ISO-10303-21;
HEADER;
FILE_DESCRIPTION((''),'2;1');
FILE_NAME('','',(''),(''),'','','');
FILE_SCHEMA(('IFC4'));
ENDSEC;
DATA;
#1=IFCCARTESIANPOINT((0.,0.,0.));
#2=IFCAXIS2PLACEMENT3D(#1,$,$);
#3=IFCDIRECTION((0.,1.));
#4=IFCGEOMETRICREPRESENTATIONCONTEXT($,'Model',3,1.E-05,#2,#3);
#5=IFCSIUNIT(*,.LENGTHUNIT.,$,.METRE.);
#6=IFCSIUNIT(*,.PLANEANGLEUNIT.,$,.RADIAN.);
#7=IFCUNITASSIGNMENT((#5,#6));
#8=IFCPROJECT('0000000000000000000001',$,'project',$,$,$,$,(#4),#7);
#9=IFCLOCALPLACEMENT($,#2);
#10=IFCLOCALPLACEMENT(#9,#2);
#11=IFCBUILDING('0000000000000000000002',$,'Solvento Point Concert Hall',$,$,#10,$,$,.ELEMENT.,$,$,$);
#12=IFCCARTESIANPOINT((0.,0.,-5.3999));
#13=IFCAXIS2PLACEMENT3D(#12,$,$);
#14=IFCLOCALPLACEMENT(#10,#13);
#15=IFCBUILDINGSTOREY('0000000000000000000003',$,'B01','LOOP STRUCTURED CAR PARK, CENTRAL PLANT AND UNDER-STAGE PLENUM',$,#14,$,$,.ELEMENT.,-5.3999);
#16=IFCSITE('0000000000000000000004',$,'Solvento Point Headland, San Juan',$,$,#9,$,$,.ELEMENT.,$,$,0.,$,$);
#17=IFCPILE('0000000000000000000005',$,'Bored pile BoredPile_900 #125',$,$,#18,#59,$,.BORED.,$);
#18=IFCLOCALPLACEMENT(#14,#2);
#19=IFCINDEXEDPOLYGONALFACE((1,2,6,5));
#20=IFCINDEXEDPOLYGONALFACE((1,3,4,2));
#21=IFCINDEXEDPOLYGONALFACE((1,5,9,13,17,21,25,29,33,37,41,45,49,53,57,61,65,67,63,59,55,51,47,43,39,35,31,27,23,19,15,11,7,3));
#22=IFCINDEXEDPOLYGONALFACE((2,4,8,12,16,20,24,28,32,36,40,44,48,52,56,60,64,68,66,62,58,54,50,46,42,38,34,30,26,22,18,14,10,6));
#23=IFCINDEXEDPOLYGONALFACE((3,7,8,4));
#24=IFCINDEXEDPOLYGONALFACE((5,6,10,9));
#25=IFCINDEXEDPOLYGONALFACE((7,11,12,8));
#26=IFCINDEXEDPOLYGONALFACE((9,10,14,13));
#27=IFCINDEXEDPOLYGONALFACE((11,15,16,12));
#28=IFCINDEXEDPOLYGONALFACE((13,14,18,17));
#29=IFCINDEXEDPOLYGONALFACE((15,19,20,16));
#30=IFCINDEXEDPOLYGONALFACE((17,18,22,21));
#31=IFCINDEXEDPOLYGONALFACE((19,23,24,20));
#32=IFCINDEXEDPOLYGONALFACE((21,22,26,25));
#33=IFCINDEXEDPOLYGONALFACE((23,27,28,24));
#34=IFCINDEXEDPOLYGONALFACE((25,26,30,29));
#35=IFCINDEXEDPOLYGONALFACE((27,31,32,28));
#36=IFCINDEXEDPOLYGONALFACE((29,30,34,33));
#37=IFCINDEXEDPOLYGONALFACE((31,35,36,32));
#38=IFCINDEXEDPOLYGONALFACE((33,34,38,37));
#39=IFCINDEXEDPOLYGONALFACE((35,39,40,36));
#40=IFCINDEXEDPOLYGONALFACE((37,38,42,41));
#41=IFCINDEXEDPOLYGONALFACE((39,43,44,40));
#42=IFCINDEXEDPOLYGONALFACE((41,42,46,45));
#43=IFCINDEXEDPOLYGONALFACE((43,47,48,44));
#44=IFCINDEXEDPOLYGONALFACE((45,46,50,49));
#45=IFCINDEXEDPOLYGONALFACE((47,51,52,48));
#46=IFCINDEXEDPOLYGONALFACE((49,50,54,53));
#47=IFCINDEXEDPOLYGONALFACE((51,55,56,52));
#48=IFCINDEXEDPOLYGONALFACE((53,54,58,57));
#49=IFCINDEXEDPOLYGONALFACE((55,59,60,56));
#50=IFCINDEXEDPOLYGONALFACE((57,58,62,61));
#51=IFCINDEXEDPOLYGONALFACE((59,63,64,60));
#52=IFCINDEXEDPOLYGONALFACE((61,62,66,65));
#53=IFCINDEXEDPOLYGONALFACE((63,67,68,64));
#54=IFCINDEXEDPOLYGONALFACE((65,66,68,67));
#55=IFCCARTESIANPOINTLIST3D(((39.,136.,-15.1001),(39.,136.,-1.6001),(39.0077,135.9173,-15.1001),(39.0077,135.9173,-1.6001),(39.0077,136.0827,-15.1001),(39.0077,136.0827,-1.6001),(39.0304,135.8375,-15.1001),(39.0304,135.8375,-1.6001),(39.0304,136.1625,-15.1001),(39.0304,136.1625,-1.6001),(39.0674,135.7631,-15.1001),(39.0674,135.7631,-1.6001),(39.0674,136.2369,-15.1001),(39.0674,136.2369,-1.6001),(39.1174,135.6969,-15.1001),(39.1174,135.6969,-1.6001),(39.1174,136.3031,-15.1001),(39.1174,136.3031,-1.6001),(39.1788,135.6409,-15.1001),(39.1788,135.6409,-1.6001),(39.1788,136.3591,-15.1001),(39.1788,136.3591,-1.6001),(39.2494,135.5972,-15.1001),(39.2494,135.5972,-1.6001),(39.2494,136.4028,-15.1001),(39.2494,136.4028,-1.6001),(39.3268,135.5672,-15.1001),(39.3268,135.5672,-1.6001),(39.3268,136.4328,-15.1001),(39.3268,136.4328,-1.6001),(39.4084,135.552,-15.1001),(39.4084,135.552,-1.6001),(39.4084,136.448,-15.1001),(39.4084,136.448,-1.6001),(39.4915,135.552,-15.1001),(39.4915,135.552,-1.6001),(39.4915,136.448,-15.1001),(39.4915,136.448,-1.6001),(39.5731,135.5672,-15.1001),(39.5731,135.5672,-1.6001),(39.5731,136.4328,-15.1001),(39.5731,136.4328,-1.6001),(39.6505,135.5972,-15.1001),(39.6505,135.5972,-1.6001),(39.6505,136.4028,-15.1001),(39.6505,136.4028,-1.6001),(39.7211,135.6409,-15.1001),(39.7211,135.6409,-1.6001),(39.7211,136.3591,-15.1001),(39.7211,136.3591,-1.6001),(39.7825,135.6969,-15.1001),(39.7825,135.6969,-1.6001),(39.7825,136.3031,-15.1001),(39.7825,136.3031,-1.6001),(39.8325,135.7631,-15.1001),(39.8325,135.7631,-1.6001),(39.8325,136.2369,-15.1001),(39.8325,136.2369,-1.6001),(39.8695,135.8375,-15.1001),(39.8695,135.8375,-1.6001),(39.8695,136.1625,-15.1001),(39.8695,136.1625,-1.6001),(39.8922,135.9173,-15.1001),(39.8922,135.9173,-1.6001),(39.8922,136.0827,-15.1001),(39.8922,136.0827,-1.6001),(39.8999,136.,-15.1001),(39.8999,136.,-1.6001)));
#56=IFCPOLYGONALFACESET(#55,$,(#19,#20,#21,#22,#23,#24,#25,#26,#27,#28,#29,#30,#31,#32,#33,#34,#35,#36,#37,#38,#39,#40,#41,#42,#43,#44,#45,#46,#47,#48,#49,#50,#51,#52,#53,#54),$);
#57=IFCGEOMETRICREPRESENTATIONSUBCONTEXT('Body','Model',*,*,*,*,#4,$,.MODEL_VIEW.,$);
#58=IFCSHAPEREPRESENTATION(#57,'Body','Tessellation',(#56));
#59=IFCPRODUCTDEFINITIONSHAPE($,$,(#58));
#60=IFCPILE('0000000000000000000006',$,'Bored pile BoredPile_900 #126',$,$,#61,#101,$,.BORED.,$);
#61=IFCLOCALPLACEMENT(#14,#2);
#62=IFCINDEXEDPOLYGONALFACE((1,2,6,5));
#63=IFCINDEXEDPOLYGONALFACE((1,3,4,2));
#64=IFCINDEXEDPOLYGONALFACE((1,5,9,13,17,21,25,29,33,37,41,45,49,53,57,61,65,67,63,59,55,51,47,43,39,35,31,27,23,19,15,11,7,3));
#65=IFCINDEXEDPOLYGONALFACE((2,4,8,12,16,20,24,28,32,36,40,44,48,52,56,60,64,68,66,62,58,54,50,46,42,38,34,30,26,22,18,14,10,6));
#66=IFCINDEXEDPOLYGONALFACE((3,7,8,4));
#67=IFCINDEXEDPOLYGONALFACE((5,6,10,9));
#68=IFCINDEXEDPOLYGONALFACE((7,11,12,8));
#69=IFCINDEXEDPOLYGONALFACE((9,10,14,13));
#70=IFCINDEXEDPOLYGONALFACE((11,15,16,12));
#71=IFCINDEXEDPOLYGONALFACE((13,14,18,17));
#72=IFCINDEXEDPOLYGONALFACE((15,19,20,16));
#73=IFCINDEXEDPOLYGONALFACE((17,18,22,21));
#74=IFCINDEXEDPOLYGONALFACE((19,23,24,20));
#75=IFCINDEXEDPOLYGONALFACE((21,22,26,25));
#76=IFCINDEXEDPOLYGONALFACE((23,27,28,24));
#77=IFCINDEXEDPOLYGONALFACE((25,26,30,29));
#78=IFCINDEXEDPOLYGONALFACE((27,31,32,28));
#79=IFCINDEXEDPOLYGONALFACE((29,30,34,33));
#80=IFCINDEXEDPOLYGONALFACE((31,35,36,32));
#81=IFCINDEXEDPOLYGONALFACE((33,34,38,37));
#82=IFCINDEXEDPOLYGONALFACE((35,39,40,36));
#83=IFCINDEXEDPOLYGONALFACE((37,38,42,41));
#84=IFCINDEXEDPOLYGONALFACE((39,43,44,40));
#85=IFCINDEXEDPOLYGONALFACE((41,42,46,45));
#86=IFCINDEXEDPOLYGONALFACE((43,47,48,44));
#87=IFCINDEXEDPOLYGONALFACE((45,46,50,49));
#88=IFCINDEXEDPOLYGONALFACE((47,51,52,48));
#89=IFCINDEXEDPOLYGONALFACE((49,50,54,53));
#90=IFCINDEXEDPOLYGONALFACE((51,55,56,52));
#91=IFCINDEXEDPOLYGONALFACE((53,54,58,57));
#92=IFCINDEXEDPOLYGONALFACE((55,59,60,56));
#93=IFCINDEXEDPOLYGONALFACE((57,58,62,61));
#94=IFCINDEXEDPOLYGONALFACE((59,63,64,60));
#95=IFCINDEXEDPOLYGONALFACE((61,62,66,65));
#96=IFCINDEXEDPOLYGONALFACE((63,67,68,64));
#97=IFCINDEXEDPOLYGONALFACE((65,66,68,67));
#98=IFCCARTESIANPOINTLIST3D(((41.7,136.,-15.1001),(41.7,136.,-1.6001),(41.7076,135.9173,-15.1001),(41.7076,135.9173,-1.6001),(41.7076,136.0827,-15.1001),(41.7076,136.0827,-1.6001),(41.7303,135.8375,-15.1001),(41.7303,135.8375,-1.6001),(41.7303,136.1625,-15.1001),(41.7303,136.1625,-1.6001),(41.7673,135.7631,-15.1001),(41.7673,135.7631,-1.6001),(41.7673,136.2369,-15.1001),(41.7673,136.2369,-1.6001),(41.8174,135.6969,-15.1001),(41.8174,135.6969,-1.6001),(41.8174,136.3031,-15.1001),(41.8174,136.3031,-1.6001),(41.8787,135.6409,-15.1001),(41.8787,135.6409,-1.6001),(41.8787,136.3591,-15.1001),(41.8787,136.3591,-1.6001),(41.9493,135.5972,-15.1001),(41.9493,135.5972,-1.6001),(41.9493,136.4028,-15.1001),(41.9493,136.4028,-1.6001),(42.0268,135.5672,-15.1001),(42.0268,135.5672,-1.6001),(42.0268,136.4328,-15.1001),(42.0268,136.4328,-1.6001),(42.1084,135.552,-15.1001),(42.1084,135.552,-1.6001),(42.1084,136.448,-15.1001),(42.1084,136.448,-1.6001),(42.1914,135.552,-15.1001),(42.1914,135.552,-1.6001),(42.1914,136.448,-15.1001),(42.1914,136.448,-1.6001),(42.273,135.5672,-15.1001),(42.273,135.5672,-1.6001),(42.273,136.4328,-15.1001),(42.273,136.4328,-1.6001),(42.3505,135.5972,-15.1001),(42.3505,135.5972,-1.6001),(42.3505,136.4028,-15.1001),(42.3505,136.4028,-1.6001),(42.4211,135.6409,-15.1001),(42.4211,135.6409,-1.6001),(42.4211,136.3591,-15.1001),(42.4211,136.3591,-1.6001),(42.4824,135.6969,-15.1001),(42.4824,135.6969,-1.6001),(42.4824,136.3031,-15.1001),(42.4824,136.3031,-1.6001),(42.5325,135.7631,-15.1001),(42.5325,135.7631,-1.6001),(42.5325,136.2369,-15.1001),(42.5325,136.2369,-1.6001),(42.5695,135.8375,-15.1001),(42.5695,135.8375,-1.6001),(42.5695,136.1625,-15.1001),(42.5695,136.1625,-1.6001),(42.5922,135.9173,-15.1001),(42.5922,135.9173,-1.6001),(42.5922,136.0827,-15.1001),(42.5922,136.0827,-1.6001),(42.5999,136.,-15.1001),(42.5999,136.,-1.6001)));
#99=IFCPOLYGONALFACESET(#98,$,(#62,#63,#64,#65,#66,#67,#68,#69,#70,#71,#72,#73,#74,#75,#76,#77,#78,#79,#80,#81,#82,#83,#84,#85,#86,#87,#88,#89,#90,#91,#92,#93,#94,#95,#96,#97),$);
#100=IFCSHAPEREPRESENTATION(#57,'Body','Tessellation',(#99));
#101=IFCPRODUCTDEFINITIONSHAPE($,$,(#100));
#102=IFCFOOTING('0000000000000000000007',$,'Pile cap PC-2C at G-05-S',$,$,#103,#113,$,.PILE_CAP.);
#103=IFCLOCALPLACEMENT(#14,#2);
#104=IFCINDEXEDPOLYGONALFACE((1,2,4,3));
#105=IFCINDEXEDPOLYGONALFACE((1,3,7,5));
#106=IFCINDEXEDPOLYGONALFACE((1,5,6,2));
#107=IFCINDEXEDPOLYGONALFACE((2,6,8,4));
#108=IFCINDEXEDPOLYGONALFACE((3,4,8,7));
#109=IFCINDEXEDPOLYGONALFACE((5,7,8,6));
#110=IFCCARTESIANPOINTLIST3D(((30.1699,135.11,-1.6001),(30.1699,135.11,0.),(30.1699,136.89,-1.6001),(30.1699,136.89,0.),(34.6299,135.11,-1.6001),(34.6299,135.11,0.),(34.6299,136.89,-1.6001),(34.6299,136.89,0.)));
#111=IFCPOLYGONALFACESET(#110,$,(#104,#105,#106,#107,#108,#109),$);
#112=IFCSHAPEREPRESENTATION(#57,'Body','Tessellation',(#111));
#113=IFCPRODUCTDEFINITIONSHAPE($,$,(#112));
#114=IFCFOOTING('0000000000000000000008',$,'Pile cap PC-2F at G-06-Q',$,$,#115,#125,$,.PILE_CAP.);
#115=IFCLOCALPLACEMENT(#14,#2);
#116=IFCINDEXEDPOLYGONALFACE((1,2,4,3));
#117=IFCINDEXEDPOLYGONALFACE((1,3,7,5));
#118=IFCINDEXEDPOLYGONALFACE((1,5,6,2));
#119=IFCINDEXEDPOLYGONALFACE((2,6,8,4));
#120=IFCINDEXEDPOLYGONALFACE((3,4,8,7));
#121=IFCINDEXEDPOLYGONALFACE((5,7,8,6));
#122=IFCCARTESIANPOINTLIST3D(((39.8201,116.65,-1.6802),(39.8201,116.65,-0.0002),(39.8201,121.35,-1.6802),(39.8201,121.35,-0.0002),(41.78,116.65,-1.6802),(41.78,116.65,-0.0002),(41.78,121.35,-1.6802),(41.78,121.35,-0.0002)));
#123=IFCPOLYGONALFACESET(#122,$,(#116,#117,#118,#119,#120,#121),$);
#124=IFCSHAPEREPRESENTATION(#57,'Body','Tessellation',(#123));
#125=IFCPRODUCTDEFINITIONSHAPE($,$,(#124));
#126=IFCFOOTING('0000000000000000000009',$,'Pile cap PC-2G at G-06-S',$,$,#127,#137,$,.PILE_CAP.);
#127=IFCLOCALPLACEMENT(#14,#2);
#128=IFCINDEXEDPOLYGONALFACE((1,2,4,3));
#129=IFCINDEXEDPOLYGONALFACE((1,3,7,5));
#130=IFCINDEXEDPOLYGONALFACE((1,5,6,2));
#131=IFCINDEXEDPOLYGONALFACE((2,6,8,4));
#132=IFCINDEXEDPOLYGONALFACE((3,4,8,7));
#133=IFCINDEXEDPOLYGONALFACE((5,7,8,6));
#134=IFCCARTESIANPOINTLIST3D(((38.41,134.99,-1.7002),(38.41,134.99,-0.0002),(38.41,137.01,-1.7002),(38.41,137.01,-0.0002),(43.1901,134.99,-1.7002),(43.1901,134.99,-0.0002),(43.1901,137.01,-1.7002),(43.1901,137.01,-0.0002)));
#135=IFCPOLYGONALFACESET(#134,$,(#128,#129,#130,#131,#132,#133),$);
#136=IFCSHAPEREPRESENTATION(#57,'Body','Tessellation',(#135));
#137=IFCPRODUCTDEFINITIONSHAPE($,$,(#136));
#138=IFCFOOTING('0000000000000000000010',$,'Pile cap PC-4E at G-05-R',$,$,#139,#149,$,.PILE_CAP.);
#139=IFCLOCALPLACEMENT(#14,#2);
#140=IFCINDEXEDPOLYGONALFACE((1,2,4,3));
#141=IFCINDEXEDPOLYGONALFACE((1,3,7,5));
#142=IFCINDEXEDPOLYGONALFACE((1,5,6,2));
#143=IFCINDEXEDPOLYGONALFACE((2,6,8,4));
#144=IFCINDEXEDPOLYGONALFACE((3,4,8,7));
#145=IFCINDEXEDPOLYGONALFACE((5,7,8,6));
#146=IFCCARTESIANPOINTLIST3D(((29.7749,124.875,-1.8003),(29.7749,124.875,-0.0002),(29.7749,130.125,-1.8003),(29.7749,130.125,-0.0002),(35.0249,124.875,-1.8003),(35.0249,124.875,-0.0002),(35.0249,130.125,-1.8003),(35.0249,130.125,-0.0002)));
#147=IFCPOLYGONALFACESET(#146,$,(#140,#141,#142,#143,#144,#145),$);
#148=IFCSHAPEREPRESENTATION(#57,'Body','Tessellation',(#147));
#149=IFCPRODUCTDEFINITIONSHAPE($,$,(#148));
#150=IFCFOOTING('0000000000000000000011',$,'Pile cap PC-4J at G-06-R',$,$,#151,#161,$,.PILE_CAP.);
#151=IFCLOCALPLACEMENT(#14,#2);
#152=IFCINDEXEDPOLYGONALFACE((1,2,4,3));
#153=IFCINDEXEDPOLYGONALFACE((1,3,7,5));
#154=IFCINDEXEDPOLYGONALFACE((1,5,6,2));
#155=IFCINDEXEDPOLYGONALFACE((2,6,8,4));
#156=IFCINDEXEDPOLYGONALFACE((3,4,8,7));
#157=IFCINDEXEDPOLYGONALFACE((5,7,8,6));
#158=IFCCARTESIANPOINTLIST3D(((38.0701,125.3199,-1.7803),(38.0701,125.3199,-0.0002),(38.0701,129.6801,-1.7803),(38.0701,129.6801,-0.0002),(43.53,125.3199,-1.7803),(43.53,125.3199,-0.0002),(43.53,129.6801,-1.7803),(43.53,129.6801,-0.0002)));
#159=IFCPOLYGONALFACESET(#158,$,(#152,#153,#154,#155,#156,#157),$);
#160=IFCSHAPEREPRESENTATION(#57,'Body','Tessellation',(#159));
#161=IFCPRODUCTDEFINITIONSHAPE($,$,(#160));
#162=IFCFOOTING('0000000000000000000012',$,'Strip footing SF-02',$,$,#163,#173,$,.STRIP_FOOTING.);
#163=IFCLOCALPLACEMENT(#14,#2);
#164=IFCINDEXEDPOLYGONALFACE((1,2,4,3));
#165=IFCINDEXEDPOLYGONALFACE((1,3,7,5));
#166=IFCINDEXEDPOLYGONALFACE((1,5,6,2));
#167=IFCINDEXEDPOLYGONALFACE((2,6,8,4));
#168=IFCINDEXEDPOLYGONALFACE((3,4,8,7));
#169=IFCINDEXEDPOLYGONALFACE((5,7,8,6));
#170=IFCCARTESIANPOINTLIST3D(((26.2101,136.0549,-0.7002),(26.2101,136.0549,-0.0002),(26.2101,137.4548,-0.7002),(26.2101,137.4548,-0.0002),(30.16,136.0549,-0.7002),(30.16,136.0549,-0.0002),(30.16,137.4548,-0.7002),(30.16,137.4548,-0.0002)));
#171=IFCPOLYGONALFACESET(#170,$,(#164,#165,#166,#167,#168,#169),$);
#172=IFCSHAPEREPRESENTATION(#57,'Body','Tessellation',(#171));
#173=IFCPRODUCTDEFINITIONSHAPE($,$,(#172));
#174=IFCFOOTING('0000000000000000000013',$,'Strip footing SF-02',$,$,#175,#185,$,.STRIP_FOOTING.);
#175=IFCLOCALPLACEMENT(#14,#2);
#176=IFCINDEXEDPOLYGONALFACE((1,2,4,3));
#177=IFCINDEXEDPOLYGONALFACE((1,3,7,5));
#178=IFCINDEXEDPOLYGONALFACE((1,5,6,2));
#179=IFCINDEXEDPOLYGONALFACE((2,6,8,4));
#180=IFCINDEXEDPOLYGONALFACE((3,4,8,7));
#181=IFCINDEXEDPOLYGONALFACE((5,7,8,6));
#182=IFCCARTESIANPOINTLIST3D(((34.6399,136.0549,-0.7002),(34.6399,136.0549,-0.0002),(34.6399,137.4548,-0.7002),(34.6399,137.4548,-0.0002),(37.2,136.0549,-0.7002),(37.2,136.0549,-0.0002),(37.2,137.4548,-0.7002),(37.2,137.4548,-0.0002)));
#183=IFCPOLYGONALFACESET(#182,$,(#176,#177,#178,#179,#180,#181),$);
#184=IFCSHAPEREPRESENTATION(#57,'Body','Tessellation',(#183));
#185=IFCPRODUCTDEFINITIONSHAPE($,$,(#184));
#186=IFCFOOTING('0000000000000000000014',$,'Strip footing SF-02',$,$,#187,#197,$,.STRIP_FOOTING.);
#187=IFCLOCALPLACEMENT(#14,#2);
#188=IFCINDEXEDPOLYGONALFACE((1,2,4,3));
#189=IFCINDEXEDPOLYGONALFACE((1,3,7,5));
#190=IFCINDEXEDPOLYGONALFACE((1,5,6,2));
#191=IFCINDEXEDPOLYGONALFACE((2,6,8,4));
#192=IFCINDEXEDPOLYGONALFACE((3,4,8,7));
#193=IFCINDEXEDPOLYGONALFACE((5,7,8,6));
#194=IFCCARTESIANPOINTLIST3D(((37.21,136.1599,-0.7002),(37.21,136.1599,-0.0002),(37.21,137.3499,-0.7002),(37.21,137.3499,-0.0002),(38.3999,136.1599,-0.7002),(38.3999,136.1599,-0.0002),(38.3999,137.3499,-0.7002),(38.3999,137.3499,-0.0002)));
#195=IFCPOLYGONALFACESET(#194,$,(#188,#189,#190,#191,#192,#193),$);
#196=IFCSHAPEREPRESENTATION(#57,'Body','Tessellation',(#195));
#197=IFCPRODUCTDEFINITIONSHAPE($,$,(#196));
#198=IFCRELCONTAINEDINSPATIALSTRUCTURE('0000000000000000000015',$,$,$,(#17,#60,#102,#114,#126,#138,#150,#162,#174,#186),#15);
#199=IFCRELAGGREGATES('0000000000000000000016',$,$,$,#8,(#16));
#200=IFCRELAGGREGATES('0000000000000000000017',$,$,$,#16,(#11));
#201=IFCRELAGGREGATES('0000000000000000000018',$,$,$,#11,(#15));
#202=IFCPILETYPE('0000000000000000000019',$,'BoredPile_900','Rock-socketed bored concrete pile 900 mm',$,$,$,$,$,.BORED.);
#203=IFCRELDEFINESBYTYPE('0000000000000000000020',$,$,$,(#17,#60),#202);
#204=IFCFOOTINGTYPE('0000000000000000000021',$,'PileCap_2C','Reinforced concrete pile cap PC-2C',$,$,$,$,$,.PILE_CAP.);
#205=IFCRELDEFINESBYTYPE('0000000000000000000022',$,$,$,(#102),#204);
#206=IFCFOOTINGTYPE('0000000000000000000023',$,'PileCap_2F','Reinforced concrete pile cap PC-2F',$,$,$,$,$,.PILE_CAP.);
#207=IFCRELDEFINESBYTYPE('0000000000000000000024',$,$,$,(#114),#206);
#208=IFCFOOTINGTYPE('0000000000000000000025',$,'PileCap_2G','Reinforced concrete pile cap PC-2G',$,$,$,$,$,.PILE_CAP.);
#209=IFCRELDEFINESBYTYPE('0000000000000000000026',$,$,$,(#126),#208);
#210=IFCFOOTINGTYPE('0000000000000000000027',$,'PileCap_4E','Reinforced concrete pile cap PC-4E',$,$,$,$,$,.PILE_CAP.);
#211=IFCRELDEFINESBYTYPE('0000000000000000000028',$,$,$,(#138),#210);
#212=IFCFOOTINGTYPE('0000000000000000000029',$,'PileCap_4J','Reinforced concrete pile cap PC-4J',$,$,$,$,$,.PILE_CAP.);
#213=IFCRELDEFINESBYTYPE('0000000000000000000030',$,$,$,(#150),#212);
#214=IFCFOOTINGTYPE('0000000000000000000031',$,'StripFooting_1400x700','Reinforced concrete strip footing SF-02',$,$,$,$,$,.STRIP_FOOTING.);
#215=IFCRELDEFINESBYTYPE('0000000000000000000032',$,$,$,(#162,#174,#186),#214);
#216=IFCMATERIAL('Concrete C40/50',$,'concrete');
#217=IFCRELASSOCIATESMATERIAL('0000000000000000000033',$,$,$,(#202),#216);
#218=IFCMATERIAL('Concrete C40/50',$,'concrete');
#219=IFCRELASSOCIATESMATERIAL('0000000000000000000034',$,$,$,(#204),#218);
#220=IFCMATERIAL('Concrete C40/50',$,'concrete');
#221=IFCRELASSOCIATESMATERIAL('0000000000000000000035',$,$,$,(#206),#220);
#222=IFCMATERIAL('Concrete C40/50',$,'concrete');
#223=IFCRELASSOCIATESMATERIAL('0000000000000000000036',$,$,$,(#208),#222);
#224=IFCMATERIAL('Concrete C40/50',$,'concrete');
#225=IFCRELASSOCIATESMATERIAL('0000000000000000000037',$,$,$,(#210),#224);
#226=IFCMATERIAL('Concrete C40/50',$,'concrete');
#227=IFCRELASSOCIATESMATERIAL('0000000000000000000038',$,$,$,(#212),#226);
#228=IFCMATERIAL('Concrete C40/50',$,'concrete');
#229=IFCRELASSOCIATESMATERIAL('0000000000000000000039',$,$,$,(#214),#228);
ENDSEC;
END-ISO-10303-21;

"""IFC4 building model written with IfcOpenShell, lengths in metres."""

from ifc_helpers import new_model, si_unit, direction, frame, origin, origin_2d, place, context, subcontext, project, spatial, rectangle, circle, extrude, material, material_profile, profile_set, type_object, element, save


model = new_model("IFC4")

# Units and contexts
model_context = context("Model", 3, precision=1e-05, world=origin(), true_north=direction((0.0, 1.0)))
body_context = subcontext(model_context, "Body", "Model", "MODEL_VIEW")
ifc_project = project(units=[si_unit("LENGTHUNIT", "METRE"), si_unit("PLANEANGLEUNIT", "RADIAN")], contexts=[model_context])

# Site, building, storey
site_placement = place(None, origin())
site = spatial("IfcSite", under=ifc_project, at=site_placement, Name="Solvento Point Headland, San Juan", CompositionType="ELEMENT", RefElevation=0.0)
building_placement = place(site_placement, origin())
building = spatial("IfcBuilding", under=site, at=building_placement, Name="Solvento Point Concert Hall", CompositionType="ELEMENT")
storey_placement = place(building_placement, frame((0.0, 0.0, -5.3999)))
storey = spatial("IfcBuildingStorey", under=building, at=storey_placement, Name="B01", Description="LOOP STRUCTURED CAR PARK, CENTRAL PLANT AND UNDER-STAGE PLENUM", CompositionType="ELEMENT", Elevation=-5.3999)

# Piles
ifc_material_1 = material(Name="Concrete C40/50", Category="concrete")
ifc_material_profile_1 = material_profile(ifc_material_1, circle(Radius=0.45, at=origin_2d()), Name="BP-900")
ifc_profile_set_1 = profile_set([ifc_material_profile_1], Name="Concrete C40/50")
pile_type_1 = type_object("IfcPileType", Name="BoredPile_900", Description="Rock-socketed bored concrete pile 900 mm", PredefinedType="BORED", material=ifc_profile_set_1)
for number, where, z_axis, x_axis, name in (
    (1, (39.45, 136.0, -1.6001), (0.0, 0.0, -1.0), (1.0, 0.0, 0.0), "Bored pile BoredPile_900 #125"),
    (2, (42.1499, 136.0, -1.6001), (0.0, 0.0, -1.0), (1.0, 0.0, 0.0), "Bored pile BoredPile_900 #126"),
):
    element("IfcPile", number, at=place(storey_placement, frame(where, z_axis=z_axis, x_axis=x_axis)), inside=storey, type_object=pile_type_1, Name=name, PredefinedType="BORED", context=body_context, shape_type="SweptSolid", body=[
        extrude(circle(Radius=0.45, at=origin_2d()), origin(), (0.0, 0.0, 1.0), 13.5),
    ])

# Footings
ifc_material_2 = material(Name="Concrete C40/50", Category="concrete")
footing_type_1 = type_object("IfcFootingType", Name="PileCap_2C", Description="Reinforced concrete pile cap PC-2C", PredefinedType="PILE_CAP", material=ifc_material_2)
footing_1_placement = place(storey_placement, frame((32.3999, 136.0, -1.6001), z_axis=(0.0, 0.0, 1.0), x_axis=(1.0, 0.0, 0.0)))
element("IfcFooting", 3, at=footing_1_placement, inside=storey, type_object=footing_type_1, Name="Pile cap PC-2C at G-05-S", PredefinedType="PILE_CAP", context=body_context, shape_type="SweptSolid", body=[
    extrude(rectangle(XDim=4.46, YDim=1.78, at=origin_2d()), origin(), (0.0, 0.0, 1.0), 1.6001),
])
ifc_material_3 = material(Name="Concrete C40/50", Category="concrete")
footing_type_2 = type_object("IfcFootingType", Name="PileCap_2F", Description="Reinforced concrete pile cap PC-2F", PredefinedType="PILE_CAP", material=ifc_material_3)
footing_2_placement = place(storey_placement, frame((40.8, 119.0, -1.6802), z_axis=(0.0, 0.0, 1.0), x_axis=(1.0, 0.0, 0.0)))
element("IfcFooting", 4, at=footing_2_placement, inside=storey, type_object=footing_type_2, Name="Pile cap PC-2F at G-06-Q", PredefinedType="PILE_CAP", context=body_context, shape_type="SweptSolid", body=[
    extrude(rectangle(XDim=1.96, YDim=4.7, at=origin_2d()), origin(), (0.0, 0.0, 1.0), 1.6799),
])
ifc_material_4 = material(Name="Concrete C40/50", Category="concrete")
footing_type_3 = type_object("IfcFootingType", Name="PileCap_2G", Description="Reinforced concrete pile cap PC-2G", PredefinedType="PILE_CAP", material=ifc_material_4)
footing_3_placement = place(storey_placement, frame((40.8, 136.0, -1.7002), z_axis=(0.0, 0.0, 1.0), x_axis=(1.0, 0.0, 0.0)))
element("IfcFooting", 5, at=footing_3_placement, inside=storey, type_object=footing_type_3, Name="Pile cap PC-2G at G-06-S", PredefinedType="PILE_CAP", context=body_context, shape_type="SweptSolid", body=[
    extrude(rectangle(XDim=4.78, YDim=2.02, at=origin_2d()), origin(), (0.0, 0.0, 1.0), 1.7),
])
ifc_material_5 = material(Name="Concrete C40/50", Category="concrete")
footing_type_4 = type_object("IfcFootingType", Name="PileCap_4E", Description="Reinforced concrete pile cap PC-4E", PredefinedType="PILE_CAP", material=ifc_material_5)
footing_4_placement = place(storey_placement, frame((32.3999, 127.5, -1.8003), z_axis=(0.0, 0.0, 1.0), x_axis=(1.0, 0.0, 0.0)))
element("IfcFooting", 6, at=footing_4_placement, inside=storey, type_object=footing_type_4, Name="Pile cap PC-4E at G-05-R", PredefinedType="PILE_CAP", context=body_context, shape_type="SweptSolid", body=[
    extrude(rectangle(XDim=5.25, YDim=5.25, at=origin_2d()), origin(), (0.0, 0.0, 1.0), 1.8),
])
ifc_material_6 = material(Name="Concrete C40/50", Category="concrete")
footing_type_5 = type_object("IfcFootingType", Name="PileCap_4J", Description="Reinforced concrete pile cap PC-4J", PredefinedType="PILE_CAP", material=ifc_material_6)
footing_5_placement = place(storey_placement, frame((40.8, 127.5, -1.7803), z_axis=(0.0, 0.0, 1.0), x_axis=(1.0, 0.0, 0.0)))
element("IfcFooting", 7, at=footing_5_placement, inside=storey, type_object=footing_type_5, Name="Pile cap PC-4J at G-06-R", PredefinedType="PILE_CAP", context=body_context, shape_type="SweptSolid", body=[
    extrude(rectangle(XDim=5.46, YDim=4.3601, at=origin_2d()), origin(), (0.0, 0.0, 1.0), 1.78),
])
ifc_material_7 = material(Name="Concrete C40/50", Category="concrete")
footing_type_6 = type_object("IfcFootingType", Name="StripFooting_1400x700", Description="Reinforced concrete strip footing SF-02", PredefinedType="STRIP_FOOTING", material=ifc_material_7)
footing_6_placement = place(storey_placement, frame((28.1851, 136.7549, -0.7002), z_axis=(0.0, 0.0, 1.0), x_axis=(1.0, 0.0, 0.0)))
element("IfcFooting", 8, at=footing_6_placement, inside=storey, type_object=footing_type_6, Name="Strip footing SF-02", PredefinedType="STRIP_FOOTING", context=body_context, shape_type="SweptSolid", body=[
    extrude(rectangle(XDim=3.95, YDim=1.3999, at=origin_2d()), origin(), (0.0, 0.0, 1.0), 0.7),
])
footing_7_placement = place(storey_placement, frame((35.9199, 136.7549, -0.7002), z_axis=(0.0, 0.0, 1.0), x_axis=(1.0, 0.0, 0.0)))
element("IfcFooting", 9, at=footing_7_placement, inside=storey, type_object=footing_type_6, Name="Strip footing SF-02", PredefinedType="STRIP_FOOTING", context=body_context, shape_type="SweptSolid", body=[
    extrude(rectangle(XDim=2.5601, YDim=1.3999, at=origin_2d()), origin(), (0.0, 0.0, 1.0), 0.7),
])
footing_8_placement = place(storey_placement, frame((37.8049, 136.7549, -0.7002), z_axis=(0.0, 0.0, 1.0), x_axis=(1.0, 0.0, 0.0)))
element("IfcFooting", 10, at=footing_8_placement, inside=storey, type_object=footing_type_6, Name="Strip footing SF-02", PredefinedType="STRIP_FOOTING", context=body_context, shape_type="SweptSolid", body=[
    extrude(rectangle(XDim=1.1899, YDim=1.1899, at=origin_2d()), origin(), (0.0, 0.0, 1.0), 0.7),
])

save(model, "model.ifc")
